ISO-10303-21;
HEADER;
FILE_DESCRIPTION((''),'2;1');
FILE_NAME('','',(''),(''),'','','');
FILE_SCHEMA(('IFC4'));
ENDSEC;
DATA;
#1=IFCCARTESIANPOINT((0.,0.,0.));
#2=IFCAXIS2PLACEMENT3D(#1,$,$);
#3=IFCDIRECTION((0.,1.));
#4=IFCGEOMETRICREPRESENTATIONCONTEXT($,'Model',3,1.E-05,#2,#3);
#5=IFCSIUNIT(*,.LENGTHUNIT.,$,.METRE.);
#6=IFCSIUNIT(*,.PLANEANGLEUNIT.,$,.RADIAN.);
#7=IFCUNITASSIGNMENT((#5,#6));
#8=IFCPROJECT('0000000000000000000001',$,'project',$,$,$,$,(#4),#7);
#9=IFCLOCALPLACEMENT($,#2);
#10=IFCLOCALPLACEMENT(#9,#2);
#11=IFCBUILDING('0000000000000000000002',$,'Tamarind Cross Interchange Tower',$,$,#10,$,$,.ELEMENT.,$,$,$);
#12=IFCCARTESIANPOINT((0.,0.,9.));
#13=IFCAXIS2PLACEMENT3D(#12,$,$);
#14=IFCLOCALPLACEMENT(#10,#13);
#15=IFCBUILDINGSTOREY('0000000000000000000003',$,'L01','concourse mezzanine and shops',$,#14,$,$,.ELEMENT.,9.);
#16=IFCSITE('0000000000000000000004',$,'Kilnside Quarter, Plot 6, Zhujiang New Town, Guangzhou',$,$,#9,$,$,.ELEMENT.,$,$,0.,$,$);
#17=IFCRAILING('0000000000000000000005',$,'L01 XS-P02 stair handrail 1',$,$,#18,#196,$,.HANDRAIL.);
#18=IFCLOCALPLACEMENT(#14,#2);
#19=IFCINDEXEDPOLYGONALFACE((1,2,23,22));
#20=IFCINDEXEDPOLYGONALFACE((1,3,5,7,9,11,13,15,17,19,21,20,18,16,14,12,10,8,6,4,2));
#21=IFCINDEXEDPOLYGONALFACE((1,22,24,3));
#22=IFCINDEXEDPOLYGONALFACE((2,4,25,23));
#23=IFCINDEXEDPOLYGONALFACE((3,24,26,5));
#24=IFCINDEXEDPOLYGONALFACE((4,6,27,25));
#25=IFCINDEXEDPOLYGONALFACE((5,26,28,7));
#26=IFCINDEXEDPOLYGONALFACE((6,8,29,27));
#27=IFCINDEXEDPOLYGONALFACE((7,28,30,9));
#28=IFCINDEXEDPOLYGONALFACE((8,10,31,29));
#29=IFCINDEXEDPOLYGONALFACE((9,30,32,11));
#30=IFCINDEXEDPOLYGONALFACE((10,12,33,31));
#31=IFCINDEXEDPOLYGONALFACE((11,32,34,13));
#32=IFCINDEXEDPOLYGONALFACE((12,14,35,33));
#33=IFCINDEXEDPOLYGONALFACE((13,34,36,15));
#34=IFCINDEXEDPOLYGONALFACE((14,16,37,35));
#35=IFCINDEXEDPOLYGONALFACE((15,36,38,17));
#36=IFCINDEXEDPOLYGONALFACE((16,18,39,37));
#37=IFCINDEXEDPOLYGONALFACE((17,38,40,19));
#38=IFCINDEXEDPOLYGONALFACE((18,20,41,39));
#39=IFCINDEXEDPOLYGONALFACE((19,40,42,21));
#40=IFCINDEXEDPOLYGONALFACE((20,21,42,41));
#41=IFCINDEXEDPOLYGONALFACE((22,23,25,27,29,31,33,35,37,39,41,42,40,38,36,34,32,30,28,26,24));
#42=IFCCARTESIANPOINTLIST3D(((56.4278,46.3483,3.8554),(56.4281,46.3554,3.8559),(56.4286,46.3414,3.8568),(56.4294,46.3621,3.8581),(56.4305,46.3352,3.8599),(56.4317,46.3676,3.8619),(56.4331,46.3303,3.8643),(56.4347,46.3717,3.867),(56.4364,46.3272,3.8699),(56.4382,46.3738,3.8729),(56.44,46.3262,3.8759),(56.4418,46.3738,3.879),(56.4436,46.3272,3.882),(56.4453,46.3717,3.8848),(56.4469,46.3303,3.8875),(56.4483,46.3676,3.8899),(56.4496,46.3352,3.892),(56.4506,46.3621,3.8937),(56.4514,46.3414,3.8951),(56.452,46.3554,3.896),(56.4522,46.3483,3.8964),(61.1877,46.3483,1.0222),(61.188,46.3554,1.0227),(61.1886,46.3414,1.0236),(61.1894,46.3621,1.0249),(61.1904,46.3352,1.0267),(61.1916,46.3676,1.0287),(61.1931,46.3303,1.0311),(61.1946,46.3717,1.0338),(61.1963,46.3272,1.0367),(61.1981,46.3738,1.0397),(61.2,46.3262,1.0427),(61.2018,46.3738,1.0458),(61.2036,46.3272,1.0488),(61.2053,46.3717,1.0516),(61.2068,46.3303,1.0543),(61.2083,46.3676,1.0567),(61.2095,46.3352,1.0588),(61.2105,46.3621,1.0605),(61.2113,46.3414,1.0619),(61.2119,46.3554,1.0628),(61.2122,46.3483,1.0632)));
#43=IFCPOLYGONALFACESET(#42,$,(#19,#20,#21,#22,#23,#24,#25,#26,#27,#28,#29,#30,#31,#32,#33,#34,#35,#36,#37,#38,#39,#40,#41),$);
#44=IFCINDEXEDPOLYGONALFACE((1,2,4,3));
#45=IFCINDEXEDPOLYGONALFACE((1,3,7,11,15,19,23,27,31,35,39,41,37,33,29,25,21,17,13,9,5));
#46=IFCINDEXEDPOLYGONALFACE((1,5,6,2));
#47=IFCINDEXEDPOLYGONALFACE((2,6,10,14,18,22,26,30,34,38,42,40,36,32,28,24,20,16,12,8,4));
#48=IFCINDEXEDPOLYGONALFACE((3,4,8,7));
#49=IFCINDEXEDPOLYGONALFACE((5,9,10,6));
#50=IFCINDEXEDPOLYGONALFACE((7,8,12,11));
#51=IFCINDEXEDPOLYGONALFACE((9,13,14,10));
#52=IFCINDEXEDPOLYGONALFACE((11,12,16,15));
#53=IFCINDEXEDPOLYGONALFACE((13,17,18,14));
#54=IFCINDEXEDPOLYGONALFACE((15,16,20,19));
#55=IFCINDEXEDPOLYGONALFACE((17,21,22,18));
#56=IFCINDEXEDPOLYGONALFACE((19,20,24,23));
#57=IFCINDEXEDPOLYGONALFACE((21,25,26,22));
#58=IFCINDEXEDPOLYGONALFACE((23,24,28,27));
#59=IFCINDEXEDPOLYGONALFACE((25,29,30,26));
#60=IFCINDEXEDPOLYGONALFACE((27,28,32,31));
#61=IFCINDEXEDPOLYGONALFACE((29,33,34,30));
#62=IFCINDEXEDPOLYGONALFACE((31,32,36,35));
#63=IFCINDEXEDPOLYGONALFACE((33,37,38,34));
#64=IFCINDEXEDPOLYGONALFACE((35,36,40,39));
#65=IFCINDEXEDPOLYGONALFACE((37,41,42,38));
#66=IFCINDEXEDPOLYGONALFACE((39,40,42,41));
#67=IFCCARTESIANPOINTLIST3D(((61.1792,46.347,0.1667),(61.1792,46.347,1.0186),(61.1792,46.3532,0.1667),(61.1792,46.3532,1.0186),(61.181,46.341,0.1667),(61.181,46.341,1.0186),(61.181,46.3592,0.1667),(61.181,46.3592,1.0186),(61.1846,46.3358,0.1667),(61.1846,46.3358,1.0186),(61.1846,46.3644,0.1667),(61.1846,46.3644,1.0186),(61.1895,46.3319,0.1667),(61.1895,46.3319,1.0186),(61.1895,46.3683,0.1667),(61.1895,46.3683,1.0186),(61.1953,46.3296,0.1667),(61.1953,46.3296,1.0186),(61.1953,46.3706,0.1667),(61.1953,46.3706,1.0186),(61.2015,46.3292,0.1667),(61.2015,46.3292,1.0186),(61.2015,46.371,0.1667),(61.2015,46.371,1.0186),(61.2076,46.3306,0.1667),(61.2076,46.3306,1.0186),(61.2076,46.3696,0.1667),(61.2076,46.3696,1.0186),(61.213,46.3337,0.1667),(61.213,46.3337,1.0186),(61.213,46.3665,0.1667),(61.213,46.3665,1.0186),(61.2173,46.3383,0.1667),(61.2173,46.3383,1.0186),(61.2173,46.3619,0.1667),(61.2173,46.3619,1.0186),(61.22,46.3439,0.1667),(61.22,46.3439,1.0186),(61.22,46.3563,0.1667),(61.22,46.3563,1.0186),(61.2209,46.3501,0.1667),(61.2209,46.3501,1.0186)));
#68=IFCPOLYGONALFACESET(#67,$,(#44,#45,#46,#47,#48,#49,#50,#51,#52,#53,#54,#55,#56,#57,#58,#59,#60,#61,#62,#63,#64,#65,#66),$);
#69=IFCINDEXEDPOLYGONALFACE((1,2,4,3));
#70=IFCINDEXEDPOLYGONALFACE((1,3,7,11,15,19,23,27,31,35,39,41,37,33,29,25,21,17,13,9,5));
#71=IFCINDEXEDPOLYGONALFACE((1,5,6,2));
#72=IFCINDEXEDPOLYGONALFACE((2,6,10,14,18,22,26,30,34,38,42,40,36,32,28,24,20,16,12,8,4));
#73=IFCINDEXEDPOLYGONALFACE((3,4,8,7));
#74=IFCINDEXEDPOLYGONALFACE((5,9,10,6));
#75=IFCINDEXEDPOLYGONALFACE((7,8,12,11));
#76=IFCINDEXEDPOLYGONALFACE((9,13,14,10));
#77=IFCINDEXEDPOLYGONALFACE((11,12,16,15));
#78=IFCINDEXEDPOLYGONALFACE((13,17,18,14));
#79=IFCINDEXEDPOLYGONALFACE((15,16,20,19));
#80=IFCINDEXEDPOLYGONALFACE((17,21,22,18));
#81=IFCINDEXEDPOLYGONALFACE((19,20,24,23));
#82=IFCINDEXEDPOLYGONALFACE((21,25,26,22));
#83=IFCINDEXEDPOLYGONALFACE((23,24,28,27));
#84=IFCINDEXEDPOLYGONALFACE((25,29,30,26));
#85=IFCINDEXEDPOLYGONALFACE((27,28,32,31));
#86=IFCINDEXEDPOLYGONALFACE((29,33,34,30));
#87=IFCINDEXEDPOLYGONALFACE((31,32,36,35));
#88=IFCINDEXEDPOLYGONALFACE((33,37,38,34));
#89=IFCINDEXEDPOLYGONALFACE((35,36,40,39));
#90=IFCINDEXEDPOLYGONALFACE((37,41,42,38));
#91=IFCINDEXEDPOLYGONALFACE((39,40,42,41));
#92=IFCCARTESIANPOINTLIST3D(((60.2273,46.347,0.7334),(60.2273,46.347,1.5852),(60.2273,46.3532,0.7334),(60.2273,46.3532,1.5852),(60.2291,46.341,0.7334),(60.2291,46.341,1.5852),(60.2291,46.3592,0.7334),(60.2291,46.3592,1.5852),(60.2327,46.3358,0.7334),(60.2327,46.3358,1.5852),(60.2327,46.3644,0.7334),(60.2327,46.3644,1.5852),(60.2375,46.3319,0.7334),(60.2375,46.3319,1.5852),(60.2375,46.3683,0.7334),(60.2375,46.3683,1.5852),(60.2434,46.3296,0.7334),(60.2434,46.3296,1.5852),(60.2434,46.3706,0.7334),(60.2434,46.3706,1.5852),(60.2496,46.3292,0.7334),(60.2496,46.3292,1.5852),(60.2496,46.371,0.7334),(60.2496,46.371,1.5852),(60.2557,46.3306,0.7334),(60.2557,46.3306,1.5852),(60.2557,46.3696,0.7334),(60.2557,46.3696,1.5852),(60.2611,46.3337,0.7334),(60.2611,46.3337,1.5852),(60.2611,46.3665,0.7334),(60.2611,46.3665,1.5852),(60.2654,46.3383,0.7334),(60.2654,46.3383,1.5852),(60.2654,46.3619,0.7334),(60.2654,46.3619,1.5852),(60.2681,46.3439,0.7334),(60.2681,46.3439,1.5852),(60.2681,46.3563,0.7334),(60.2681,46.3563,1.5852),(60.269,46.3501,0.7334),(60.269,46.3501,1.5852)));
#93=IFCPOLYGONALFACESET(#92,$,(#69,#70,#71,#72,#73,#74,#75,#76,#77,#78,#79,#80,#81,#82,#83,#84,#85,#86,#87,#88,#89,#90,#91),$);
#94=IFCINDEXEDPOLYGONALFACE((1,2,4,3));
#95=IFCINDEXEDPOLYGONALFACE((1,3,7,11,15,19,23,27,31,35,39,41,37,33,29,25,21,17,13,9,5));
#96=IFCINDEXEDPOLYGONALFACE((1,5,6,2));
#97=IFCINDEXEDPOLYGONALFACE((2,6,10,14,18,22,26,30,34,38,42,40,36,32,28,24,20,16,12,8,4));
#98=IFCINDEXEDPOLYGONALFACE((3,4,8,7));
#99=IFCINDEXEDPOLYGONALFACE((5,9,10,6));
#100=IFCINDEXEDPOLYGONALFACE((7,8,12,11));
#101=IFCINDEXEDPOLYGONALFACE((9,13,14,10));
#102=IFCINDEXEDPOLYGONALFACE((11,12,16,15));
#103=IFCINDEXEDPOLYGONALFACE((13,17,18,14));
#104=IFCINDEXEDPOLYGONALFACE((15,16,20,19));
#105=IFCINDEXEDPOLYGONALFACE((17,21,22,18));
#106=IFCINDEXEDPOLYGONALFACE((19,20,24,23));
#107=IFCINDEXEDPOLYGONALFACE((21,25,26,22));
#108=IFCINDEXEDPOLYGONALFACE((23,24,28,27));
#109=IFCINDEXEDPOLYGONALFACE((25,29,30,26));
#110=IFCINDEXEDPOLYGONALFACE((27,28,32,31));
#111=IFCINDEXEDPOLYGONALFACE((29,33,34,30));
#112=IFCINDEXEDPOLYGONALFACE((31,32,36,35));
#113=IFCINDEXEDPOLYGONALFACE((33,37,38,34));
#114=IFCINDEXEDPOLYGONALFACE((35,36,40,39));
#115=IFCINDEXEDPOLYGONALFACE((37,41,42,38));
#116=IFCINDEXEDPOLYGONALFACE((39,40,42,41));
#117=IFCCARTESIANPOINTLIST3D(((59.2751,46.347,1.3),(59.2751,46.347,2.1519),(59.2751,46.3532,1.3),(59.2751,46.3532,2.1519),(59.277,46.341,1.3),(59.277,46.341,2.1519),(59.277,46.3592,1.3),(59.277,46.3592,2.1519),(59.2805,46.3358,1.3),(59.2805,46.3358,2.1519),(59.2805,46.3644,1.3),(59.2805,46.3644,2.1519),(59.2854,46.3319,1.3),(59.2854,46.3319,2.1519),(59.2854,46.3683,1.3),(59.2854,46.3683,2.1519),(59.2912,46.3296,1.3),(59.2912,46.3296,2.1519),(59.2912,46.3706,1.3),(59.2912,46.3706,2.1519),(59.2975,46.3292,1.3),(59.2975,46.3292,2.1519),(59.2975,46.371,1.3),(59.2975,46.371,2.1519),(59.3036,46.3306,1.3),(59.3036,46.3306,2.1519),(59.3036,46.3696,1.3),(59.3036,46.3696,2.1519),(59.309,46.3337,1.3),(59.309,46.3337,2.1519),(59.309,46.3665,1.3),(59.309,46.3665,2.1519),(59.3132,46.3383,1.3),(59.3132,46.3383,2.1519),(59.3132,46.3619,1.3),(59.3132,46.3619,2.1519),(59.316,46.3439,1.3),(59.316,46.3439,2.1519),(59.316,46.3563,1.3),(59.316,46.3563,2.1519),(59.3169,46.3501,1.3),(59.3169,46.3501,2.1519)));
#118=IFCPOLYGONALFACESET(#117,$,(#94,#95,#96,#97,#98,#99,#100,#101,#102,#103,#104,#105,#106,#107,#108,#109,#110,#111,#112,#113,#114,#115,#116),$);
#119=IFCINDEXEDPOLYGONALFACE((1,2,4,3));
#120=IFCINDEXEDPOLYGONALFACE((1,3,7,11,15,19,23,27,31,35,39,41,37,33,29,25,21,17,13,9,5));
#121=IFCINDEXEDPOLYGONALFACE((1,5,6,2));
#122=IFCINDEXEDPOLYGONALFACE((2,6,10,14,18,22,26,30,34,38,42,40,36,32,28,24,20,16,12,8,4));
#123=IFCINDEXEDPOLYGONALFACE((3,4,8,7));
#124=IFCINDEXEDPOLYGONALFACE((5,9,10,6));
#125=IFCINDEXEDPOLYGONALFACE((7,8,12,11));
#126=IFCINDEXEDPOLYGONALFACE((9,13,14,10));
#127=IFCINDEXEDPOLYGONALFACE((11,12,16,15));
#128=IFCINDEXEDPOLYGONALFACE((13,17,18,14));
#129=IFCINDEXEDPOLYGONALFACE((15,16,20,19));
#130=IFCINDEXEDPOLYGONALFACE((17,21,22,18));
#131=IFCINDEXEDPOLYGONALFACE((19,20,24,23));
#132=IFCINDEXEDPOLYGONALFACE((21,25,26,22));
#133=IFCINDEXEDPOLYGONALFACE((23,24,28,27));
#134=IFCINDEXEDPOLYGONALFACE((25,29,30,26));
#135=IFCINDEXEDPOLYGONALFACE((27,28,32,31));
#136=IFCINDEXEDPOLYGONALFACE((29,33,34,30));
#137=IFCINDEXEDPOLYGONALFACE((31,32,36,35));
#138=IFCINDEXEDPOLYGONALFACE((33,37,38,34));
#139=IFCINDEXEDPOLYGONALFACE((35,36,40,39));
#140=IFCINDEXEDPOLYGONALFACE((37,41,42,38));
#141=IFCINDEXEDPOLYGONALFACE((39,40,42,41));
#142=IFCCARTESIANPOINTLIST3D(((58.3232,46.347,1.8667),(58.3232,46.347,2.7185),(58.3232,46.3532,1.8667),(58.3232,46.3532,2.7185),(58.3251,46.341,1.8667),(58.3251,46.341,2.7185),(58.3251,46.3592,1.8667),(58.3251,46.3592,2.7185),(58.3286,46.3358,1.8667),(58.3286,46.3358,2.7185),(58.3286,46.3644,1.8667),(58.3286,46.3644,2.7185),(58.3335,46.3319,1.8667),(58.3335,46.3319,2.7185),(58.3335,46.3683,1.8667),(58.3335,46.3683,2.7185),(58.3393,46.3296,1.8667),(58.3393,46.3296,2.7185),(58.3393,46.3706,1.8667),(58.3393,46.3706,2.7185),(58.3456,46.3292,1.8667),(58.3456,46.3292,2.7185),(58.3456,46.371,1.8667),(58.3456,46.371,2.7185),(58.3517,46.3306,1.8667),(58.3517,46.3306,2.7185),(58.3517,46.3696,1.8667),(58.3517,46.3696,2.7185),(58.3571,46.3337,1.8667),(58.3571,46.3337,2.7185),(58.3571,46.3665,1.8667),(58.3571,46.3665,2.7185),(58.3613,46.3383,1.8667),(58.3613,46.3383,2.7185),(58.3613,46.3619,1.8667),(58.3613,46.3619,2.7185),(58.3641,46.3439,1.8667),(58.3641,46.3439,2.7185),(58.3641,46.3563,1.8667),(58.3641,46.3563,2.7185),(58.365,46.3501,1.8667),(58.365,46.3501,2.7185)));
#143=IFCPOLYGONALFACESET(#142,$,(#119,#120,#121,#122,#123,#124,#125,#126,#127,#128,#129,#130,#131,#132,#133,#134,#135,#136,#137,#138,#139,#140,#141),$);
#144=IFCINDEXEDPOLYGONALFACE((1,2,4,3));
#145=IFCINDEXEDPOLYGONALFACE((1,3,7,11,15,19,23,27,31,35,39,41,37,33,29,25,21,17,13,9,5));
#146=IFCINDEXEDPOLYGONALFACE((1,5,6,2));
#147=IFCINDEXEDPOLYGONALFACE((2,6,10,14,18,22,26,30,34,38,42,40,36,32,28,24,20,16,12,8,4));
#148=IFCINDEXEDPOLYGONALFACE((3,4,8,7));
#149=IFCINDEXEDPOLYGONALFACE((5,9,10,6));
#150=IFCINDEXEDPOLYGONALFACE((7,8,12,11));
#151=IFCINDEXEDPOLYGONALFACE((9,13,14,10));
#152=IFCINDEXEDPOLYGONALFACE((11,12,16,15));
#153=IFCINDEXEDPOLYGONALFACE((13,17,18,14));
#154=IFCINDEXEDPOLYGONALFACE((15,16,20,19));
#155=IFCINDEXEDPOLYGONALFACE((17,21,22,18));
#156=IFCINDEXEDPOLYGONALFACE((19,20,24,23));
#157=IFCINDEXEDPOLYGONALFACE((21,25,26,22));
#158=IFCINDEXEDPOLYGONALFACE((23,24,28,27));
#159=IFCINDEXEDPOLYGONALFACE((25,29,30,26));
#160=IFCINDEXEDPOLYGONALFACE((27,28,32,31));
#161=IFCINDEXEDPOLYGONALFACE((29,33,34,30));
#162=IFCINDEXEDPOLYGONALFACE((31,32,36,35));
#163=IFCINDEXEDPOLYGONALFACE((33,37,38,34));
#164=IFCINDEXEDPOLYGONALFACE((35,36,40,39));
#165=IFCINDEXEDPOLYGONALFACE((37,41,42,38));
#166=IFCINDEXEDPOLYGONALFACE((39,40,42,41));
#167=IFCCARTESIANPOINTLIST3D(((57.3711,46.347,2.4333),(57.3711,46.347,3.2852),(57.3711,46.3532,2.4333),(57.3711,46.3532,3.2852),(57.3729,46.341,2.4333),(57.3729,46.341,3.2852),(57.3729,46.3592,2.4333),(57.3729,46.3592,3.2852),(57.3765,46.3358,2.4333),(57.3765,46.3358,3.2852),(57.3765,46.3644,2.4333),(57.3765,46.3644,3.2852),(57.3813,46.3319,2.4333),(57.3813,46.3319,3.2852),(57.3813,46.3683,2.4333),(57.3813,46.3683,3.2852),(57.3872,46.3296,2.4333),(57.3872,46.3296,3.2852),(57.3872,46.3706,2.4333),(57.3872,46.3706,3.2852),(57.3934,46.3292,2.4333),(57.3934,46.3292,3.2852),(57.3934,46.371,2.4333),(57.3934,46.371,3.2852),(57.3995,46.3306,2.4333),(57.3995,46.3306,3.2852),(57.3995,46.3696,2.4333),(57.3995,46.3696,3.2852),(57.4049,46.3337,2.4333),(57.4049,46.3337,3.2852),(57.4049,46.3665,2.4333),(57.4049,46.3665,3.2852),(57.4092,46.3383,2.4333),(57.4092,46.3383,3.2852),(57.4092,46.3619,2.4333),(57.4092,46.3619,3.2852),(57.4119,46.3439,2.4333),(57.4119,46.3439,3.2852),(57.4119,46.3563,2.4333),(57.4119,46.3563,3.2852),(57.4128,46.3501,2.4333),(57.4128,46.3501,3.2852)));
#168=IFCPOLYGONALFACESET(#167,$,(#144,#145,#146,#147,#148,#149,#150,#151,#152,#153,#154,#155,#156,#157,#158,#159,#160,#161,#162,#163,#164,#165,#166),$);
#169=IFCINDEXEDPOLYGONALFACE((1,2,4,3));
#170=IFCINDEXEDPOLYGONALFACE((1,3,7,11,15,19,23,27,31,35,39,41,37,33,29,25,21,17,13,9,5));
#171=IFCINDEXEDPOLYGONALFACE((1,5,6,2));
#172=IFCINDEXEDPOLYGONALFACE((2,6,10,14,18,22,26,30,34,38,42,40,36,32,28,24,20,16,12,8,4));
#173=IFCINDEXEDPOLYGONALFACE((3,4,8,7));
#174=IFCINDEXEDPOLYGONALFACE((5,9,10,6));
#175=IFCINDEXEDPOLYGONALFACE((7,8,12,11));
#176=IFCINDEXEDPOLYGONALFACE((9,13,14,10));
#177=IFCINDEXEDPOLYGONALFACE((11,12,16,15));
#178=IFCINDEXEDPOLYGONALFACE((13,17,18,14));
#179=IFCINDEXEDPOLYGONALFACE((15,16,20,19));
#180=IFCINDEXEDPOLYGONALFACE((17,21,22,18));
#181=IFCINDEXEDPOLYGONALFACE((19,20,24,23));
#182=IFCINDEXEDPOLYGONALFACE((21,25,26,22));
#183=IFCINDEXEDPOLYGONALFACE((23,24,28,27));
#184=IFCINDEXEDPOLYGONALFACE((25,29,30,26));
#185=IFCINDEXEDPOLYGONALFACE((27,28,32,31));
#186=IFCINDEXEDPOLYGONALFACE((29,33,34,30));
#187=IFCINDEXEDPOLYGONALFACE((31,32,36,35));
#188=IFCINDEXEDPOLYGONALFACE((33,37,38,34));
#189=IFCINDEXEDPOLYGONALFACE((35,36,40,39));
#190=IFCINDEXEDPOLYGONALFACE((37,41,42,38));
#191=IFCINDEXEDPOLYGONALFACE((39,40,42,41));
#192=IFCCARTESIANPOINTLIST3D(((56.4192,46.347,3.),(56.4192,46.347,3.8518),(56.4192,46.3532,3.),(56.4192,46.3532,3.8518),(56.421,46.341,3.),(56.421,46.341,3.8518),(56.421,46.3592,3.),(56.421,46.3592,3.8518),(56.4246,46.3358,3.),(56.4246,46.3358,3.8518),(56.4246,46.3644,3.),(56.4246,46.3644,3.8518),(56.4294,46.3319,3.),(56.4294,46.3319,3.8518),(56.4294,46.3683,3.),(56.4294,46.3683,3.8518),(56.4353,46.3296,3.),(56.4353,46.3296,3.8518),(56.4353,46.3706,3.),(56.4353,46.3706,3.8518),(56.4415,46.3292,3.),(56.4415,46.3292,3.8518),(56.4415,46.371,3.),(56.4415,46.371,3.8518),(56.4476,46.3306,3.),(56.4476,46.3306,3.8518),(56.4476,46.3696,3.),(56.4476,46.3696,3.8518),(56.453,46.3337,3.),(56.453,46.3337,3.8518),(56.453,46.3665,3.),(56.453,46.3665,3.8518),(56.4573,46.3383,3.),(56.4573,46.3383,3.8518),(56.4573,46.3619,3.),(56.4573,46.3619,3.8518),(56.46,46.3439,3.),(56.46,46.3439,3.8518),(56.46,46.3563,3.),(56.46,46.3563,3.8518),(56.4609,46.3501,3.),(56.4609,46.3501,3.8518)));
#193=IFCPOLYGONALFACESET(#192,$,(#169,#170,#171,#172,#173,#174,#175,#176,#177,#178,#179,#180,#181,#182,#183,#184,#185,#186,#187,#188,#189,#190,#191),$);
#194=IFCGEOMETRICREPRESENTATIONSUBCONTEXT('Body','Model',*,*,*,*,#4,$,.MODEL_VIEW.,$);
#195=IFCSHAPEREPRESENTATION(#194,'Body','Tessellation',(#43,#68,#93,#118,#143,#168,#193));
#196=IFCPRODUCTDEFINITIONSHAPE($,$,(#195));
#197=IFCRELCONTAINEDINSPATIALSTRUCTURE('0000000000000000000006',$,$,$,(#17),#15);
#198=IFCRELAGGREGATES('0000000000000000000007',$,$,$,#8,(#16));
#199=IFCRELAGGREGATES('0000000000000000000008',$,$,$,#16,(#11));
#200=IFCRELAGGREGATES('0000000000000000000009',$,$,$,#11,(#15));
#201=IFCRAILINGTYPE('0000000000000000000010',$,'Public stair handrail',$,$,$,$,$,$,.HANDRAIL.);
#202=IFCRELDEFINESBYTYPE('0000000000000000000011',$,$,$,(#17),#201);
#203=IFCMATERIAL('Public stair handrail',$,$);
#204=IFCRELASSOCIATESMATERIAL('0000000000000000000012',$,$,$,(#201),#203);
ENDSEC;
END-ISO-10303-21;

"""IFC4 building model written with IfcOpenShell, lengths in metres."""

from ifc_helpers import new_model, si_unit, direction, frame, origin, origin_2d, place, context, subcontext, project, spatial, circle, extrude, material, type_object, element, save


model = new_model("IFC4")

# Units and contexts
model_context = context("Model", 3, precision=1e-05, world=origin(), true_north=direction((0.0, 1.0)))
body_context = subcontext(model_context, "Body", "Model", "MODEL_VIEW")
ifc_project = project(units=[si_unit("LENGTHUNIT", "METRE"), si_unit("PLANEANGLEUNIT", "RADIAN")], contexts=[model_context])

# Site, building, storey
site_placement = place(None, origin())
site = spatial("IfcSite", under=ifc_project, at=site_placement, Name="Kilnside Quarter, Plot 6, Zhujiang New Town, Guangzhou", CompositionType="ELEMENT", RefElevation=0.0)
building_placement = place(site_placement, origin())
building = spatial("IfcBuilding", under=site, at=building_placement, Name="Tamarind Cross Interchange Tower", CompositionType="ELEMENT")
storey_placement = place(building_placement, frame((0.0, 0.0, 9.0)))
storey = spatial("IfcBuildingStorey", under=building, at=storey_placement, Name="L01", Description="concourse mezzanine and shops", CompositionType="ELEMENT", Elevation=9.0)

# Railing
ifc_material_1 = material(Name="Public stair handrail")
railing_type_1 = type_object("IfcRailingType", Name="Public stair handrail", PredefinedType="HANDRAIL", material=ifc_material_1)
railing_1_placement = place(storey_placement, frame((61.2, 46.3501, 0.1667)))
element("IfcRailing", 1, at=railing_1_placement, inside=storey, type_object=railing_type_1, Name="L01 XS-P02 stair handrail 1", PredefinedType="HANDRAIL", context=body_context, shape_type="SweptSolid", body=[
    extrude(circle(Radius=0.0239, at=origin_2d()), frame((0.0, 0.0, 0.876), z_axis=(-0.8593, 0.0, 0.511472), x_axis=(0.0, -1.0, 0.0)), (0.0, 0.0, 1.0), 5.5393),
    extrude(circle(Radius=0.021, at=origin_2d()), origin(), (0.0, 0.0, 1.0), 0.8518),
    extrude(circle(Radius=0.021, at=origin_2d()), frame((-0.9519, 0.0, 0.5667)), (0.0, 0.0, 1.0), 0.8518),
    extrude(circle(Radius=0.021, at=origin_2d()), frame((-1.9041, 0.0, 1.1333)), (0.0, 0.0, 1.0), 0.8518),
    extrude(circle(Radius=0.021, at=origin_2d()), frame((-2.856, 0.0, 1.7)), (0.0, 0.0, 1.0), 0.8518),
    extrude(circle(Radius=0.021, at=origin_2d()), frame((-3.8081, 0.0, 2.2666)), (0.0, 0.0, 1.0), 0.8518),
    extrude(circle(Radius=0.021, at=origin_2d()), frame((-4.76, 0.0, 2.8333)), (0.0, 0.0, 1.0), 0.8518),
])

save(model, "model.ifc")
